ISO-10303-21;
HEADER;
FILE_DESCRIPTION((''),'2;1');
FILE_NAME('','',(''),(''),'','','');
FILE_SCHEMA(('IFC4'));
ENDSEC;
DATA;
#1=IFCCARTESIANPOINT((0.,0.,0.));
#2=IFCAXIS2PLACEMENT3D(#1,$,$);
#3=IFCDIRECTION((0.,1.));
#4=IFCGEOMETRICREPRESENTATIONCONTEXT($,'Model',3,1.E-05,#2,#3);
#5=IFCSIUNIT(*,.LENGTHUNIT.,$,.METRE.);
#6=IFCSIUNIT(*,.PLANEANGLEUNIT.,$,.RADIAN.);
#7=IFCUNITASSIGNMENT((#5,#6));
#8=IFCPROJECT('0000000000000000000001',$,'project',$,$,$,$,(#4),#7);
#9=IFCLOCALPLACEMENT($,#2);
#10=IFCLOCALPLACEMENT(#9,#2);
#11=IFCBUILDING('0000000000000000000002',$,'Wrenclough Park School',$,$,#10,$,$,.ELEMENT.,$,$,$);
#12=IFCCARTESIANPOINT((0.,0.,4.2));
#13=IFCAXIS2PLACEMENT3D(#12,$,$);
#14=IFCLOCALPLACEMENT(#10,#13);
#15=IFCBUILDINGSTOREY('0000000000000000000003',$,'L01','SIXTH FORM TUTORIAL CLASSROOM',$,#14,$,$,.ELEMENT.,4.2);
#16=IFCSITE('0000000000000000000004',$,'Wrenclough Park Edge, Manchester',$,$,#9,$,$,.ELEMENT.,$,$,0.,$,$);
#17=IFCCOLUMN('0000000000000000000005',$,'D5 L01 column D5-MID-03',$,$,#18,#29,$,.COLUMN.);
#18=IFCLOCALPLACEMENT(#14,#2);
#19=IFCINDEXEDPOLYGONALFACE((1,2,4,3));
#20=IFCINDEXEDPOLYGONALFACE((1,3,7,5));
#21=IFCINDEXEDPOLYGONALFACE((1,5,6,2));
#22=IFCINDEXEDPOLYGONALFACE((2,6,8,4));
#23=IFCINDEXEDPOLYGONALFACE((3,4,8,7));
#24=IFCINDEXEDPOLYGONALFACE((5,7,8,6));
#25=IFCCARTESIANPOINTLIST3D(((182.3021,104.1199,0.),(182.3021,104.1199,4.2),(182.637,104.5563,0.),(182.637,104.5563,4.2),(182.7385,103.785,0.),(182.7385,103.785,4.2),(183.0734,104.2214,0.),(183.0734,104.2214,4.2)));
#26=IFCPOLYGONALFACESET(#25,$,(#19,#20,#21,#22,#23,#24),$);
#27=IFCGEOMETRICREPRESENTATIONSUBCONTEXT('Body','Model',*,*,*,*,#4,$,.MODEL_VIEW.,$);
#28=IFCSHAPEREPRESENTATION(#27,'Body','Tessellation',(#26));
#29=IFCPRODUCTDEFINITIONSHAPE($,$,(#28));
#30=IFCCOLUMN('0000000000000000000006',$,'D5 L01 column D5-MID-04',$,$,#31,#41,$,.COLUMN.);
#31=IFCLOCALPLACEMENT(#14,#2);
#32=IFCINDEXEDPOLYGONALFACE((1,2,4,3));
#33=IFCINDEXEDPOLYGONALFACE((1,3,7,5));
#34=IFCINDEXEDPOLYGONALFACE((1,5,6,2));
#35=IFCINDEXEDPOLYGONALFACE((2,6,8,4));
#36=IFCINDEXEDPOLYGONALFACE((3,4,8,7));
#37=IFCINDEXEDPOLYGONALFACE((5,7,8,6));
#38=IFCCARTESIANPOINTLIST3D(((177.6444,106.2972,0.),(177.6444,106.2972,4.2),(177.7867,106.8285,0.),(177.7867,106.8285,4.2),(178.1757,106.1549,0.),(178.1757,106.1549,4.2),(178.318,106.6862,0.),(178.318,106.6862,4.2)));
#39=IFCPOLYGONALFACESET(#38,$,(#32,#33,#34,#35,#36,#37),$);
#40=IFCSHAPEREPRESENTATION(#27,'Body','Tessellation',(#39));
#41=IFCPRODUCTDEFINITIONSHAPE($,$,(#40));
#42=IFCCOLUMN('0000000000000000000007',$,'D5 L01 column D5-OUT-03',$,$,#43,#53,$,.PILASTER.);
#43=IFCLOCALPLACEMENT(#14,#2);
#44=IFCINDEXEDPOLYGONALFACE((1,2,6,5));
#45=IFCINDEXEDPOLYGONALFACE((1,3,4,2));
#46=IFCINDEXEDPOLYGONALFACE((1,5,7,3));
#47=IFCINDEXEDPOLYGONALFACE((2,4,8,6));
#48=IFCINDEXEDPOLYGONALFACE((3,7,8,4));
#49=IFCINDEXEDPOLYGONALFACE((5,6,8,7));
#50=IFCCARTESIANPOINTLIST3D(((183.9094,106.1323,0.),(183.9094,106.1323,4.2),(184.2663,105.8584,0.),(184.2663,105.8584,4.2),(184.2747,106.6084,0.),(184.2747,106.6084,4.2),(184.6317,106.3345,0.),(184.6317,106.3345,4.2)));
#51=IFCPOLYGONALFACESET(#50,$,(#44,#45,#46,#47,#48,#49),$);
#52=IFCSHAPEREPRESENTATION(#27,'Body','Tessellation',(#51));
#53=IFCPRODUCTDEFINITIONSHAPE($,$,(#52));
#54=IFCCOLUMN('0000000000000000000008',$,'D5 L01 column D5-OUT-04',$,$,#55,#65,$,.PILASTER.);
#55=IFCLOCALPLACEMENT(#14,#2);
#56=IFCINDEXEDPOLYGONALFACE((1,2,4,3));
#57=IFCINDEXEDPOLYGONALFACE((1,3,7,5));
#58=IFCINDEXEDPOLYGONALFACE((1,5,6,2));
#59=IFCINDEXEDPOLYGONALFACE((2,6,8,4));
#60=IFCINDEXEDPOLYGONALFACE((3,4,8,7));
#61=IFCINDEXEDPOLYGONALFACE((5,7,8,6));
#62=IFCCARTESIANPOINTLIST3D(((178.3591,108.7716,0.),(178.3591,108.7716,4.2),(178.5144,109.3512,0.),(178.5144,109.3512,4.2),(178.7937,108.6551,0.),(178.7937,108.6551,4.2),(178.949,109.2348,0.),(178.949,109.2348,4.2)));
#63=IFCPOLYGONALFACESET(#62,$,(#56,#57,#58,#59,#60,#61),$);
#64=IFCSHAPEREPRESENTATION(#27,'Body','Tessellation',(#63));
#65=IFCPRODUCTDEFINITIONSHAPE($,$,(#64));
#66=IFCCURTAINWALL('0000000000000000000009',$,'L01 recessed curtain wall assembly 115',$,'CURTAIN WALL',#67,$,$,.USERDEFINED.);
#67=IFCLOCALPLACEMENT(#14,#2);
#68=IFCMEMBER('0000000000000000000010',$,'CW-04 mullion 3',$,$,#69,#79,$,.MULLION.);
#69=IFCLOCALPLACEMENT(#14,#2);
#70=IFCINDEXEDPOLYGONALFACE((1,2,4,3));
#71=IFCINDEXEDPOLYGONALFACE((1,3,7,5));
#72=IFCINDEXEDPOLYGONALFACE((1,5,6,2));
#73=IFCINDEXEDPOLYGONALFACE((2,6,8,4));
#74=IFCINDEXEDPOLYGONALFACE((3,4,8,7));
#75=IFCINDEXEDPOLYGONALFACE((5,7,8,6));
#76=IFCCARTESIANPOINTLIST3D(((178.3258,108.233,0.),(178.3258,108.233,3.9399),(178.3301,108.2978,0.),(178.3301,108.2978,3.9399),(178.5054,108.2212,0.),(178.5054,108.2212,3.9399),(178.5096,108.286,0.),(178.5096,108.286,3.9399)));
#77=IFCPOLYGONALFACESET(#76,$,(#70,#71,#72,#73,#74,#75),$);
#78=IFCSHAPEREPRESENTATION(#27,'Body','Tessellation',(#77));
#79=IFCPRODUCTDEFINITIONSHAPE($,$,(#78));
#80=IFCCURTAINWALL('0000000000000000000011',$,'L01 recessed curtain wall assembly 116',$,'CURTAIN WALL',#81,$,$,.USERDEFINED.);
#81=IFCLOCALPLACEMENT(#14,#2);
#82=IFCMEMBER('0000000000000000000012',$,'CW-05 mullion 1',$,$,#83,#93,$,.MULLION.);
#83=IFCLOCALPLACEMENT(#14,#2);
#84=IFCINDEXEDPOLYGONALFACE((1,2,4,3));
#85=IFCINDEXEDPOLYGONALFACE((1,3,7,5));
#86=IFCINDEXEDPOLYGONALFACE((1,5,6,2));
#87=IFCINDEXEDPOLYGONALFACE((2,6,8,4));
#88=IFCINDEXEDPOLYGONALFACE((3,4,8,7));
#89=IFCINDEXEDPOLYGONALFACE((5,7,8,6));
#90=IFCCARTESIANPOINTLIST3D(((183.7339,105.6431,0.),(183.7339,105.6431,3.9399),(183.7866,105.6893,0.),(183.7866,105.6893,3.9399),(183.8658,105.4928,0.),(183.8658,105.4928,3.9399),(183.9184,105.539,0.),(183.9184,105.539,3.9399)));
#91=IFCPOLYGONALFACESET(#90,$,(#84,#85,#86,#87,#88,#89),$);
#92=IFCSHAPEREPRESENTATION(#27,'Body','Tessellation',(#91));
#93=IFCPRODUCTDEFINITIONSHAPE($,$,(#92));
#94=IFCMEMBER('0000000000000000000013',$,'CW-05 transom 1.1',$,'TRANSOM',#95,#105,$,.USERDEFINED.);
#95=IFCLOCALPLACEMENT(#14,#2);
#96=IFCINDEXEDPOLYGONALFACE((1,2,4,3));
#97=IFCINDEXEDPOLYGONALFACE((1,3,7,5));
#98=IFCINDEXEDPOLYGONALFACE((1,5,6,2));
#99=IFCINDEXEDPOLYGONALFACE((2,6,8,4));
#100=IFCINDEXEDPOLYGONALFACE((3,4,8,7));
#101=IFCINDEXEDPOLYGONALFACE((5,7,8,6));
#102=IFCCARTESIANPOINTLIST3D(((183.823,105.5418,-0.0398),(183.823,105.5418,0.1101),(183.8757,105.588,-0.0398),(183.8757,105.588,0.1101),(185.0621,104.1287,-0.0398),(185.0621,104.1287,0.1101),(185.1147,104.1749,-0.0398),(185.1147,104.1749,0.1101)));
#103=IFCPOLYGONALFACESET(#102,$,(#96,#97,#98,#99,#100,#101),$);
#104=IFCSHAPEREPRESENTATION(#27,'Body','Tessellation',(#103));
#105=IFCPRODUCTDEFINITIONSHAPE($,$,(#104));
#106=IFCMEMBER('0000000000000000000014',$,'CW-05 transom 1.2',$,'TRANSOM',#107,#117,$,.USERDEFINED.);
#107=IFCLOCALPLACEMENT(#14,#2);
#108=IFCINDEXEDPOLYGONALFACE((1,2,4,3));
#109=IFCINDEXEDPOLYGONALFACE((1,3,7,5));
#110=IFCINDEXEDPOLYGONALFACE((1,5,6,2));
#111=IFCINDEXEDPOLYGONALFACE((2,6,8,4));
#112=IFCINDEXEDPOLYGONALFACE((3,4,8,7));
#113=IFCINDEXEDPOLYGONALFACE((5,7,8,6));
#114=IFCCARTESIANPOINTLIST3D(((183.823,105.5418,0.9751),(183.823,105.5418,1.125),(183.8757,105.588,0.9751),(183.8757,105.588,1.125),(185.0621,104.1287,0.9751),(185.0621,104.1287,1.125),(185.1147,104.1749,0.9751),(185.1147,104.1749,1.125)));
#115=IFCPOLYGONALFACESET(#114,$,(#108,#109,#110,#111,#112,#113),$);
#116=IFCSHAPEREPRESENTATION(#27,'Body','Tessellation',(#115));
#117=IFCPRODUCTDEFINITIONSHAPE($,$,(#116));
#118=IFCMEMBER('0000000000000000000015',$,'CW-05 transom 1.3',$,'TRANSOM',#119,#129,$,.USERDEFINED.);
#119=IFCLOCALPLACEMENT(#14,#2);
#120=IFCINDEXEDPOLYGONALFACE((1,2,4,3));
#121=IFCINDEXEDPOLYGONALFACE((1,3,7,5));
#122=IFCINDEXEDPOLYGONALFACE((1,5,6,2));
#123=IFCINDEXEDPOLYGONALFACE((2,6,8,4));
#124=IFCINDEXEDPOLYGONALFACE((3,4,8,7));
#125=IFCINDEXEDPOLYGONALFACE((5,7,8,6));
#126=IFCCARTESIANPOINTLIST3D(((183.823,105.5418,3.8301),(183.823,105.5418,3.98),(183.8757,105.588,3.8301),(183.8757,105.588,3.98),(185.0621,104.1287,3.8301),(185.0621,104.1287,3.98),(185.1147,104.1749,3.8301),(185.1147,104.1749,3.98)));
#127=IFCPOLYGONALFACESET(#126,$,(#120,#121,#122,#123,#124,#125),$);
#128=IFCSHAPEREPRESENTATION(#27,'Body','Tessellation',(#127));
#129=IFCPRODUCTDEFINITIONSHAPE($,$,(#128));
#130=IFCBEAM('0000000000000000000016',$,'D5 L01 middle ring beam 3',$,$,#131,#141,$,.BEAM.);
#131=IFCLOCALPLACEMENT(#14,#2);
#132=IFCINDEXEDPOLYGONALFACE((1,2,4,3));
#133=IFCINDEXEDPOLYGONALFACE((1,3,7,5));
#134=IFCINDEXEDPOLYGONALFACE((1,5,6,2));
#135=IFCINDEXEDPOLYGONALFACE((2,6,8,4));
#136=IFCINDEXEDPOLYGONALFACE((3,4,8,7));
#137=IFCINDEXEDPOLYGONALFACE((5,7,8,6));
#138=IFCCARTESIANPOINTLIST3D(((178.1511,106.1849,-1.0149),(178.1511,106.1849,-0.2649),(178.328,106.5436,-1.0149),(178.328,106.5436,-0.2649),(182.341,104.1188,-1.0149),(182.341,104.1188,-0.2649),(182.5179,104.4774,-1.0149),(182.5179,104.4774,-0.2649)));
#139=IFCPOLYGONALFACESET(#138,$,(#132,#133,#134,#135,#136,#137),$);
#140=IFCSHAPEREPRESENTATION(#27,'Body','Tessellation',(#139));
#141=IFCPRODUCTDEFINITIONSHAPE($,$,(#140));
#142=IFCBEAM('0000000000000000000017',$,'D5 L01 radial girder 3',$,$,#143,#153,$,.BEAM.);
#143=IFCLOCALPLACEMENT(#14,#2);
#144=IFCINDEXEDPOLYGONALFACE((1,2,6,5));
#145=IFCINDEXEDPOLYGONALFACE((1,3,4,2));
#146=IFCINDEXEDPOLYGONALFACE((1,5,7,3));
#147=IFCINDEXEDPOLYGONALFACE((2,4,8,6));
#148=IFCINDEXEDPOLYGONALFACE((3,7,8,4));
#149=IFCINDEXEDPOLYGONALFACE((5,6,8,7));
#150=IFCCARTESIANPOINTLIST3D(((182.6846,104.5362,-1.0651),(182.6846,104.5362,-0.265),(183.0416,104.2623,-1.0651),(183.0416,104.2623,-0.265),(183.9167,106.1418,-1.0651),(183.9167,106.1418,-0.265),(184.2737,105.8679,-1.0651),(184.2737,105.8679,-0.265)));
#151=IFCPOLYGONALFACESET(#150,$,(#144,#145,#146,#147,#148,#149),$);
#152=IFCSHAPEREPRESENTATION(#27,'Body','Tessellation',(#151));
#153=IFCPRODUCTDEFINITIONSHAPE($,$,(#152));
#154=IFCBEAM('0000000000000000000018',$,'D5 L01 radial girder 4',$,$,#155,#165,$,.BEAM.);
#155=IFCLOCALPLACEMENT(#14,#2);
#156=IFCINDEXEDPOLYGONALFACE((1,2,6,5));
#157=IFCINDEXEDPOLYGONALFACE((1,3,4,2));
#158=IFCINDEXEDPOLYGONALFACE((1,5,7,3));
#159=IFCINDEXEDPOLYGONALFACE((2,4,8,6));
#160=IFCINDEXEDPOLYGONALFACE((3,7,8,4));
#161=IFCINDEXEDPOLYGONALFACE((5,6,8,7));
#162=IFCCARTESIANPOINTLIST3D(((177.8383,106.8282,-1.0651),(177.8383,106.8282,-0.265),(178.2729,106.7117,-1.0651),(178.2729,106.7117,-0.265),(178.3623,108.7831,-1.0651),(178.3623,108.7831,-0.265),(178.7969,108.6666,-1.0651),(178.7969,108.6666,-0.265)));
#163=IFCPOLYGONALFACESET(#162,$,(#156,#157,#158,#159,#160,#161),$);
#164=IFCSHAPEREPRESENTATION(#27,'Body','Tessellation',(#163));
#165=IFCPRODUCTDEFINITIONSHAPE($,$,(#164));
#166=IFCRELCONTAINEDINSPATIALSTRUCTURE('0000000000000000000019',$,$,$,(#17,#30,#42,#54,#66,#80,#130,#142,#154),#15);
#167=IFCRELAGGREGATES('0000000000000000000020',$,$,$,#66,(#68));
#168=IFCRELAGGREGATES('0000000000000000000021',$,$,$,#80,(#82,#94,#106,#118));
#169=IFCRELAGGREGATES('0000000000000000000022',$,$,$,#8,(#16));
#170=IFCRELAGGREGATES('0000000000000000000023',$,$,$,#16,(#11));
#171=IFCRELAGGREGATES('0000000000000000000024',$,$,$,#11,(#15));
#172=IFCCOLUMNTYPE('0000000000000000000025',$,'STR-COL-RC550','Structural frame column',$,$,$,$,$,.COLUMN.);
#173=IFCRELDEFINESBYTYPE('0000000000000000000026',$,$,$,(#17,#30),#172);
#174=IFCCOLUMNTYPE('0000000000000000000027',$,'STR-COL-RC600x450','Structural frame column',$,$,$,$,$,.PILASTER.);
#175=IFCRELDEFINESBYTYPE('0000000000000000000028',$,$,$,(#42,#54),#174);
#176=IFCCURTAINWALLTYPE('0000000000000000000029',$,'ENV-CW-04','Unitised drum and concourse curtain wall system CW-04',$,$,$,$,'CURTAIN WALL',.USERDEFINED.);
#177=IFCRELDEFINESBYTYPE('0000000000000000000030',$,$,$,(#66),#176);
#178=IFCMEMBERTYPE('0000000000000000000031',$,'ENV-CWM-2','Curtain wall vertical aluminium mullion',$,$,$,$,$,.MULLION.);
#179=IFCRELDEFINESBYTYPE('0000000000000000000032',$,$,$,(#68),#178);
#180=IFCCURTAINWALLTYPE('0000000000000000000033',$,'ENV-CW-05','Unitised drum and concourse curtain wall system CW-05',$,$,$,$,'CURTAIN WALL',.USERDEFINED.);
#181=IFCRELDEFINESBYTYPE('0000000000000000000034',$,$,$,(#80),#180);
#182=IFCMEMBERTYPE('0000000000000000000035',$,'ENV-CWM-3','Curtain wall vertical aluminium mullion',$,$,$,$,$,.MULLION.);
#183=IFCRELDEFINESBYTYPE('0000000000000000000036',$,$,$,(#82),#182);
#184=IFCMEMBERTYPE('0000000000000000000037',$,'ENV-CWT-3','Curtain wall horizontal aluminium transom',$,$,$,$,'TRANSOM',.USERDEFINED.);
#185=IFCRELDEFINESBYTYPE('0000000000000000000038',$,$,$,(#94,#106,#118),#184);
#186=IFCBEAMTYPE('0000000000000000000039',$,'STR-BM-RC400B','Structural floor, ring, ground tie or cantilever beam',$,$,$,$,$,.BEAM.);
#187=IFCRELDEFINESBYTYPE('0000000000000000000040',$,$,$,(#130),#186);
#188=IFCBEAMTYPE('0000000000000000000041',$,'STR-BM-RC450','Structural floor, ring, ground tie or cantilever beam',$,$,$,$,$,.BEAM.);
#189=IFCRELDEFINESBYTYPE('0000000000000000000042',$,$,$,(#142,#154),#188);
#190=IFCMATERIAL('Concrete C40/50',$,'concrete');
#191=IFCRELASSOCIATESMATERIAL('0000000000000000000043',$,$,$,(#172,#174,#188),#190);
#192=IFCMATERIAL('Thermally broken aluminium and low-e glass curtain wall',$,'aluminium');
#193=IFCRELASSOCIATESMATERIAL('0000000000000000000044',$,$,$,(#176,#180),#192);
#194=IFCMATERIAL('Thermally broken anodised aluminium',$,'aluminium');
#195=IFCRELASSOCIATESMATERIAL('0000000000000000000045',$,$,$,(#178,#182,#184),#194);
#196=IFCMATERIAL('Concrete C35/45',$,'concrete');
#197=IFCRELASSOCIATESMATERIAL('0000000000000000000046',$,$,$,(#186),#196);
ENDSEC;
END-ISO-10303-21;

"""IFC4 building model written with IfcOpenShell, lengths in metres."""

from ifc_helpers import new_model, si_unit, direction, frame, origin, origin_2d, place, context, subcontext, project, spatial, rectangle, extrude, material, material_profile, profile_set, type_object, element, aggregate, save


model = new_model("IFC4")

# Units and contexts
model_context = context("Model", 3, precision=1e-05, world=origin(), true_north=direction((0.0, 1.0)))
body_context = subcontext(model_context, "Body", "Model", "MODEL_VIEW")
ifc_project = project(units=[si_unit("LENGTHUNIT", "METRE"), si_unit("PLANEANGLEUNIT", "RADIAN")], contexts=[model_context])

# Site, building, storey
site_placement = place(None, origin())
site = spatial("IfcSite", under=ifc_project, at=site_placement, Name="Wrenclough Park Edge, Manchester", CompositionType="ELEMENT", RefElevation=0.0)
building_placement = place(site_placement, origin())
building = spatial("IfcBuilding", under=site, at=building_placement, Name="Wrenclough Park School", CompositionType="ELEMENT")
storey_placement = place(building_placement, frame((0.0, 0.0, 4.2)))
storey = spatial("IfcBuildingStorey", under=building, at=storey_placement, Name="L01", Description="SIXTH FORM TUTORIAL CLASSROOM", CompositionType="ELEMENT", Elevation=4.2)

# Columns
ifc_material_1 = material(Name="Concrete C40/50", Category="concrete")
ifc_material_profile_1 = material_profile(ifc_material_1, rectangle(XDim=0.55, YDim=0.55, at=origin_2d()), Name="RC COL 550x550")
ifc_profile_set_1 = profile_set([ifc_material_profile_1], Name="Concrete C40/50")
column_type_1 = type_object("IfcColumnType", Name="STR-COL-RC550", Description="Structural frame column", PredefinedType="COLUMN", material=ifc_profile_set_1)
for number, where, z_axis, x_axis, name in (
    (1, (182.6877, 104.1707, 0.0), (0.0, 0.0, 1.0), (-0.793353, 0.608761, 0.0), "D5 L01 column D5-MID-03"),
    (2, (177.9812, 106.4917, 0.0), (0.0, 0.0, 1.0), (-0.965926, 0.258819, 0.0), "D5 L01 column D5-MID-04"),
):
    element("IfcColumn", number, at=place(storey_placement, frame(where, z_axis=z_axis, x_axis=x_axis)), inside=storey, type_object=column_type_1, Name=name, PredefinedType="COLUMN", context=body_context, shape_type="SweptSolid", body=[
        extrude(rectangle(XDim=0.55, YDim=0.55, at=origin_2d()), origin(), (0.0, 0.0, 1.0), 4.2),
    ])
ifc_material_profile_2 = material_profile(ifc_material_1, rectangle(XDim=0.45, YDim=0.6001, at=origin_2d()), Name="RC COL 600x450")
ifc_profile_set_2 = profile_set([ifc_material_profile_2], Name="Concrete C40/50")
column_type_2 = type_object("IfcColumnType", Name="STR-COL-RC600x450", Description="Structural frame column", PredefinedType="PILASTER", material=ifc_profile_set_2)
for number, where, z_axis, x_axis, name in (
    (3, (184.2705, 106.2334, 0.0), (0.0, 0.0, 1.0), (-0.793353, 0.608761, 0.0), "D5 L01 column D5-OUT-03"),
    (4, (178.6541, 109.0032, 0.0), (0.0, 0.0, 1.0), (-0.965926, 0.258819, 0.0), "D5 L01 column D5-OUT-04"),
):
    element("IfcColumn", number, at=place(storey_placement, frame(where, z_axis=z_axis, x_axis=x_axis)), inside=storey, type_object=column_type_2, Name=name, PredefinedType="PILASTER", context=body_context, shape_type="SweptSolid", body=[
        extrude(rectangle(XDim=0.45, YDim=0.6001, at=origin_2d()), origin(), (0.0, 0.0, 1.0), 4.2),
    ])

# Curtain wall, member
ifc_material_2 = material(Name="Thermally broken aluminium and low-e glass curtain wall", Category="aluminium")
curtain_wall_type_1 = type_object("IfcCurtainWallType", Name="ENV-CW-04", Description="Unitised drum and concourse curtain wall system CW-04", ElementType="CURTAIN WALL", PredefinedType="USERDEFINED", material=ifc_material_2)
curtain_wall_1_placement = place(storey_placement, origin())
curtain_wall_1 = element("IfcCurtainWall", 5, at=curtain_wall_1_placement, inside=storey, type_object=curtain_wall_type_1, Name="L01 recessed curtain wall assembly 115", ObjectType="CURTAIN WALL", PredefinedType="USERDEFINED")
ifc_material_3 = material(Name="Thermally broken anodised aluminium", Category="aluminium")
ifc_material_profile_3 = material_profile(ifc_material_3, rectangle(XDim=0.0649, YDim=0.1799, at=origin_2d()), Name="AL MULLION 65x180")
ifc_profile_set_3 = profile_set([ifc_material_profile_3], Name="Thermally broken anodised aluminium")
member_type_1 = type_object("IfcMemberType", Name="ENV-CWM-2", Description="Curtain wall vertical aluminium mullion", PredefinedType="MULLION", material=ifc_profile_set_3)
member_1_placement = place(storey_placement, frame((178.4177, 108.2595, 0.0), z_axis=(0.0, 0.0, 1.0), x_axis=(0.065379, 0.99786, 0.0)))
member_1 = element("IfcMember", 6, at=member_1_placement, type_object=member_type_1, Name="CW-04 mullion 3", PredefinedType="MULLION", context=body_context, shape_type="SweptSolid", body=[
    extrude(rectangle(XDim=0.0649, YDim=0.1799, at=origin_2d()), origin(), (0.0, 0.0, 1.0), 3.9399),
])
aggregate(curtain_wall_1, [member_1])

# Curtain wall, members
curtain_wall_type_2 = type_object("IfcCurtainWallType", Name="ENV-CW-05", Description="Unitised drum and concourse curtain wall system CW-05", ElementType="CURTAIN WALL", PredefinedType="USERDEFINED", material=ifc_material_2)
curtain_wall_2_placement = place(storey_placement, origin())
curtain_wall_2 = element("IfcCurtainWall", 7, at=curtain_wall_2_placement, inside=storey, type_object=curtain_wall_type_2, Name="L01 recessed curtain wall assembly 116", ObjectType="CURTAIN WALL", PredefinedType="USERDEFINED")
ifc_material_profile_4 = material_profile(ifc_material_3, rectangle(XDim=0.0701, YDim=0.2, at=origin_2d()), Name="AL MULLION 70x200")
ifc_profile_set_4 = profile_set([ifc_material_profile_4], Name="Thermally broken anodised aluminium")
member_type_2 = type_object("IfcMemberType", Name="ENV-CWM-3", Description="Curtain wall vertical aluminium mullion", PredefinedType="MULLION", material=ifc_profile_set_4)
member_2_placement = place(storey_placement, frame((183.8262, 105.5911, 0.0), z_axis=(0.0, 0.0, 1.0), x_axis=(0.751823, 0.659365, 0.0)))
member_2 = element("IfcMember", 8, at=member_2_placement, type_object=member_type_2, Name="CW-05 mullion 1", PredefinedType="MULLION", context=body_context, shape_type="SweptSolid", body=[
    extrude(rectangle(XDim=0.0701, YDim=0.2, at=origin_2d()), origin(), (0.0, 0.0, 1.0), 3.9399),
])
ifc_material_profile_5 = material_profile(ifc_material_3, rectangle(XDim=0.0701, YDim=0.1499, at=origin_2d()), Name="AL TRANSOM 70x150")
ifc_profile_set_5 = profile_set([ifc_material_profile_5], Name="Thermally broken anodised aluminium")
member_type_3 = type_object("IfcMemberType", Name="ENV-CWT-3", Description="Curtain wall horizontal aluminium transom", ElementType="TRANSOM", PredefinedType="USERDEFINED", material=ifc_profile_set_5)
member_3_placement = place(storey_placement, frame((183.8494, 105.5649, 0.0352), z_axis=(0.659277, -0.7519, 0.0), x_axis=(0.7519, 0.659277, 0.0)))
member_3 = element("IfcMember", 9, at=member_3_placement, type_object=member_type_3, Name="CW-05 transom 1.1", ObjectType="TRANSOM", PredefinedType="USERDEFINED", context=body_context, shape_type="SweptSolid", body=[
    extrude(rectangle(XDim=0.0701, YDim=0.1499, at=origin_2d()), origin(), (0.0, 0.0, 1.0), 1.8794),
])
member_4_placement = place(storey_placement, frame((183.8494, 105.5649, 1.05), z_axis=(0.659277, -0.7519, 0.0), x_axis=(0.7519, 0.659277, 0.0)))
member_4 = element("IfcMember", 10, at=member_4_placement, type_object=member_type_3, Name="CW-05 transom 1.2", ObjectType="TRANSOM", PredefinedType="USERDEFINED", context=body_context, shape_type="SweptSolid", body=[
    extrude(rectangle(XDim=0.0701, YDim=0.1499, at=origin_2d()), origin(), (0.0, 0.0, 1.0), 1.8794),
])
member_5_placement = place(storey_placement, frame((183.8494, 105.5649, 3.905), z_axis=(0.659277, -0.7519, 0.0), x_axis=(0.7519, 0.659277, 0.0)))
member_5 = element("IfcMember", 11, at=member_5_placement, type_object=member_type_3, Name="CW-05 transom 1.3", ObjectType="TRANSOM", PredefinedType="USERDEFINED", context=body_context, shape_type="SweptSolid", body=[
    extrude(rectangle(XDim=0.0701, YDim=0.1499, at=origin_2d()), origin(), (0.0, 0.0, 1.0), 1.8794),
])

# Beams
ifc_material_4 = material(Name="Concrete C35/45", Category="concrete")
ifc_material_profile_6 = material_profile(ifc_material_4, rectangle(XDim=0.3999, YDim=0.75, at=origin_2d()), Name="RC BEAM 400x750")
ifc_profile_set_6 = profile_set([ifc_material_profile_6], Name="Concrete C35/45")
beam_type_1 = type_object("IfcBeamType", Name="STR-BM-RC400B", Description="Structural floor, ring, ground tie or cantilever beam", PredefinedType="BEAM", material=ifc_profile_set_6)
beam_1_placement = place(storey_placement, frame((182.4294, 104.2981, -0.6399), z_axis=(-0.89688, 0.442273, 0.0), x_axis=(-0.442273, -0.89688, 0.0)))
element("IfcBeam", 12, at=beam_1_placement, inside=storey, type_object=beam_type_1, Name="D5 L01 middle ring beam 3", PredefinedType="BEAM", context=body_context, shape_type="SweptSolid", body=[
    extrude(rectangle(XDim=0.3999, YDim=0.75, at=origin_2d()), origin(), (0.0, 0.0, 1.0), 4.6716),
])
ifc_material_profile_7 = material_profile(ifc_material_1, rectangle(XDim=0.45, YDim=0.8, at=origin_2d()), Name="RC BEAM 450x800")
ifc_profile_set_7 = profile_set([ifc_material_profile_7], Name="Concrete C40/50")
beam_type_2 = type_object("IfcBeamType", Name="STR-BM-RC450", Description="Structural floor, ring, ground tie or cantilever beam", PredefinedType="BEAM", material=ifc_profile_set_7)
for number, where, z_axis, x_axis, name in (
    (13, (184.0952, 106.0049, -0.665), (-0.608783, -0.793336, 0.0), (0.793336, -0.608783, 0.0), "D5 L01 radial girder 3"),
    (14, (178.5796, 108.7249, -0.665), (-0.258879, -0.96591, 0.0), (0.96591, -0.258879, 0.0), "D5 L01 radial girder 4"),
):
    element("IfcBeam", number, at=place(storey_placement, frame(where, z_axis=z_axis, x_axis=x_axis)), inside=storey, type_object=beam_type_2, Name=name, PredefinedType="BEAM", context=body_context, shape_type="SweptSolid", body=[
        extrude(rectangle(XDim=0.45, YDim=0.8, at=origin_2d()), origin(), (0.0, 0.0, 1.0), 2.0239),
    ])

aggregate(curtain_wall_2, [member_2, member_3, member_4, member_5])

save(model, "model.ifc")
